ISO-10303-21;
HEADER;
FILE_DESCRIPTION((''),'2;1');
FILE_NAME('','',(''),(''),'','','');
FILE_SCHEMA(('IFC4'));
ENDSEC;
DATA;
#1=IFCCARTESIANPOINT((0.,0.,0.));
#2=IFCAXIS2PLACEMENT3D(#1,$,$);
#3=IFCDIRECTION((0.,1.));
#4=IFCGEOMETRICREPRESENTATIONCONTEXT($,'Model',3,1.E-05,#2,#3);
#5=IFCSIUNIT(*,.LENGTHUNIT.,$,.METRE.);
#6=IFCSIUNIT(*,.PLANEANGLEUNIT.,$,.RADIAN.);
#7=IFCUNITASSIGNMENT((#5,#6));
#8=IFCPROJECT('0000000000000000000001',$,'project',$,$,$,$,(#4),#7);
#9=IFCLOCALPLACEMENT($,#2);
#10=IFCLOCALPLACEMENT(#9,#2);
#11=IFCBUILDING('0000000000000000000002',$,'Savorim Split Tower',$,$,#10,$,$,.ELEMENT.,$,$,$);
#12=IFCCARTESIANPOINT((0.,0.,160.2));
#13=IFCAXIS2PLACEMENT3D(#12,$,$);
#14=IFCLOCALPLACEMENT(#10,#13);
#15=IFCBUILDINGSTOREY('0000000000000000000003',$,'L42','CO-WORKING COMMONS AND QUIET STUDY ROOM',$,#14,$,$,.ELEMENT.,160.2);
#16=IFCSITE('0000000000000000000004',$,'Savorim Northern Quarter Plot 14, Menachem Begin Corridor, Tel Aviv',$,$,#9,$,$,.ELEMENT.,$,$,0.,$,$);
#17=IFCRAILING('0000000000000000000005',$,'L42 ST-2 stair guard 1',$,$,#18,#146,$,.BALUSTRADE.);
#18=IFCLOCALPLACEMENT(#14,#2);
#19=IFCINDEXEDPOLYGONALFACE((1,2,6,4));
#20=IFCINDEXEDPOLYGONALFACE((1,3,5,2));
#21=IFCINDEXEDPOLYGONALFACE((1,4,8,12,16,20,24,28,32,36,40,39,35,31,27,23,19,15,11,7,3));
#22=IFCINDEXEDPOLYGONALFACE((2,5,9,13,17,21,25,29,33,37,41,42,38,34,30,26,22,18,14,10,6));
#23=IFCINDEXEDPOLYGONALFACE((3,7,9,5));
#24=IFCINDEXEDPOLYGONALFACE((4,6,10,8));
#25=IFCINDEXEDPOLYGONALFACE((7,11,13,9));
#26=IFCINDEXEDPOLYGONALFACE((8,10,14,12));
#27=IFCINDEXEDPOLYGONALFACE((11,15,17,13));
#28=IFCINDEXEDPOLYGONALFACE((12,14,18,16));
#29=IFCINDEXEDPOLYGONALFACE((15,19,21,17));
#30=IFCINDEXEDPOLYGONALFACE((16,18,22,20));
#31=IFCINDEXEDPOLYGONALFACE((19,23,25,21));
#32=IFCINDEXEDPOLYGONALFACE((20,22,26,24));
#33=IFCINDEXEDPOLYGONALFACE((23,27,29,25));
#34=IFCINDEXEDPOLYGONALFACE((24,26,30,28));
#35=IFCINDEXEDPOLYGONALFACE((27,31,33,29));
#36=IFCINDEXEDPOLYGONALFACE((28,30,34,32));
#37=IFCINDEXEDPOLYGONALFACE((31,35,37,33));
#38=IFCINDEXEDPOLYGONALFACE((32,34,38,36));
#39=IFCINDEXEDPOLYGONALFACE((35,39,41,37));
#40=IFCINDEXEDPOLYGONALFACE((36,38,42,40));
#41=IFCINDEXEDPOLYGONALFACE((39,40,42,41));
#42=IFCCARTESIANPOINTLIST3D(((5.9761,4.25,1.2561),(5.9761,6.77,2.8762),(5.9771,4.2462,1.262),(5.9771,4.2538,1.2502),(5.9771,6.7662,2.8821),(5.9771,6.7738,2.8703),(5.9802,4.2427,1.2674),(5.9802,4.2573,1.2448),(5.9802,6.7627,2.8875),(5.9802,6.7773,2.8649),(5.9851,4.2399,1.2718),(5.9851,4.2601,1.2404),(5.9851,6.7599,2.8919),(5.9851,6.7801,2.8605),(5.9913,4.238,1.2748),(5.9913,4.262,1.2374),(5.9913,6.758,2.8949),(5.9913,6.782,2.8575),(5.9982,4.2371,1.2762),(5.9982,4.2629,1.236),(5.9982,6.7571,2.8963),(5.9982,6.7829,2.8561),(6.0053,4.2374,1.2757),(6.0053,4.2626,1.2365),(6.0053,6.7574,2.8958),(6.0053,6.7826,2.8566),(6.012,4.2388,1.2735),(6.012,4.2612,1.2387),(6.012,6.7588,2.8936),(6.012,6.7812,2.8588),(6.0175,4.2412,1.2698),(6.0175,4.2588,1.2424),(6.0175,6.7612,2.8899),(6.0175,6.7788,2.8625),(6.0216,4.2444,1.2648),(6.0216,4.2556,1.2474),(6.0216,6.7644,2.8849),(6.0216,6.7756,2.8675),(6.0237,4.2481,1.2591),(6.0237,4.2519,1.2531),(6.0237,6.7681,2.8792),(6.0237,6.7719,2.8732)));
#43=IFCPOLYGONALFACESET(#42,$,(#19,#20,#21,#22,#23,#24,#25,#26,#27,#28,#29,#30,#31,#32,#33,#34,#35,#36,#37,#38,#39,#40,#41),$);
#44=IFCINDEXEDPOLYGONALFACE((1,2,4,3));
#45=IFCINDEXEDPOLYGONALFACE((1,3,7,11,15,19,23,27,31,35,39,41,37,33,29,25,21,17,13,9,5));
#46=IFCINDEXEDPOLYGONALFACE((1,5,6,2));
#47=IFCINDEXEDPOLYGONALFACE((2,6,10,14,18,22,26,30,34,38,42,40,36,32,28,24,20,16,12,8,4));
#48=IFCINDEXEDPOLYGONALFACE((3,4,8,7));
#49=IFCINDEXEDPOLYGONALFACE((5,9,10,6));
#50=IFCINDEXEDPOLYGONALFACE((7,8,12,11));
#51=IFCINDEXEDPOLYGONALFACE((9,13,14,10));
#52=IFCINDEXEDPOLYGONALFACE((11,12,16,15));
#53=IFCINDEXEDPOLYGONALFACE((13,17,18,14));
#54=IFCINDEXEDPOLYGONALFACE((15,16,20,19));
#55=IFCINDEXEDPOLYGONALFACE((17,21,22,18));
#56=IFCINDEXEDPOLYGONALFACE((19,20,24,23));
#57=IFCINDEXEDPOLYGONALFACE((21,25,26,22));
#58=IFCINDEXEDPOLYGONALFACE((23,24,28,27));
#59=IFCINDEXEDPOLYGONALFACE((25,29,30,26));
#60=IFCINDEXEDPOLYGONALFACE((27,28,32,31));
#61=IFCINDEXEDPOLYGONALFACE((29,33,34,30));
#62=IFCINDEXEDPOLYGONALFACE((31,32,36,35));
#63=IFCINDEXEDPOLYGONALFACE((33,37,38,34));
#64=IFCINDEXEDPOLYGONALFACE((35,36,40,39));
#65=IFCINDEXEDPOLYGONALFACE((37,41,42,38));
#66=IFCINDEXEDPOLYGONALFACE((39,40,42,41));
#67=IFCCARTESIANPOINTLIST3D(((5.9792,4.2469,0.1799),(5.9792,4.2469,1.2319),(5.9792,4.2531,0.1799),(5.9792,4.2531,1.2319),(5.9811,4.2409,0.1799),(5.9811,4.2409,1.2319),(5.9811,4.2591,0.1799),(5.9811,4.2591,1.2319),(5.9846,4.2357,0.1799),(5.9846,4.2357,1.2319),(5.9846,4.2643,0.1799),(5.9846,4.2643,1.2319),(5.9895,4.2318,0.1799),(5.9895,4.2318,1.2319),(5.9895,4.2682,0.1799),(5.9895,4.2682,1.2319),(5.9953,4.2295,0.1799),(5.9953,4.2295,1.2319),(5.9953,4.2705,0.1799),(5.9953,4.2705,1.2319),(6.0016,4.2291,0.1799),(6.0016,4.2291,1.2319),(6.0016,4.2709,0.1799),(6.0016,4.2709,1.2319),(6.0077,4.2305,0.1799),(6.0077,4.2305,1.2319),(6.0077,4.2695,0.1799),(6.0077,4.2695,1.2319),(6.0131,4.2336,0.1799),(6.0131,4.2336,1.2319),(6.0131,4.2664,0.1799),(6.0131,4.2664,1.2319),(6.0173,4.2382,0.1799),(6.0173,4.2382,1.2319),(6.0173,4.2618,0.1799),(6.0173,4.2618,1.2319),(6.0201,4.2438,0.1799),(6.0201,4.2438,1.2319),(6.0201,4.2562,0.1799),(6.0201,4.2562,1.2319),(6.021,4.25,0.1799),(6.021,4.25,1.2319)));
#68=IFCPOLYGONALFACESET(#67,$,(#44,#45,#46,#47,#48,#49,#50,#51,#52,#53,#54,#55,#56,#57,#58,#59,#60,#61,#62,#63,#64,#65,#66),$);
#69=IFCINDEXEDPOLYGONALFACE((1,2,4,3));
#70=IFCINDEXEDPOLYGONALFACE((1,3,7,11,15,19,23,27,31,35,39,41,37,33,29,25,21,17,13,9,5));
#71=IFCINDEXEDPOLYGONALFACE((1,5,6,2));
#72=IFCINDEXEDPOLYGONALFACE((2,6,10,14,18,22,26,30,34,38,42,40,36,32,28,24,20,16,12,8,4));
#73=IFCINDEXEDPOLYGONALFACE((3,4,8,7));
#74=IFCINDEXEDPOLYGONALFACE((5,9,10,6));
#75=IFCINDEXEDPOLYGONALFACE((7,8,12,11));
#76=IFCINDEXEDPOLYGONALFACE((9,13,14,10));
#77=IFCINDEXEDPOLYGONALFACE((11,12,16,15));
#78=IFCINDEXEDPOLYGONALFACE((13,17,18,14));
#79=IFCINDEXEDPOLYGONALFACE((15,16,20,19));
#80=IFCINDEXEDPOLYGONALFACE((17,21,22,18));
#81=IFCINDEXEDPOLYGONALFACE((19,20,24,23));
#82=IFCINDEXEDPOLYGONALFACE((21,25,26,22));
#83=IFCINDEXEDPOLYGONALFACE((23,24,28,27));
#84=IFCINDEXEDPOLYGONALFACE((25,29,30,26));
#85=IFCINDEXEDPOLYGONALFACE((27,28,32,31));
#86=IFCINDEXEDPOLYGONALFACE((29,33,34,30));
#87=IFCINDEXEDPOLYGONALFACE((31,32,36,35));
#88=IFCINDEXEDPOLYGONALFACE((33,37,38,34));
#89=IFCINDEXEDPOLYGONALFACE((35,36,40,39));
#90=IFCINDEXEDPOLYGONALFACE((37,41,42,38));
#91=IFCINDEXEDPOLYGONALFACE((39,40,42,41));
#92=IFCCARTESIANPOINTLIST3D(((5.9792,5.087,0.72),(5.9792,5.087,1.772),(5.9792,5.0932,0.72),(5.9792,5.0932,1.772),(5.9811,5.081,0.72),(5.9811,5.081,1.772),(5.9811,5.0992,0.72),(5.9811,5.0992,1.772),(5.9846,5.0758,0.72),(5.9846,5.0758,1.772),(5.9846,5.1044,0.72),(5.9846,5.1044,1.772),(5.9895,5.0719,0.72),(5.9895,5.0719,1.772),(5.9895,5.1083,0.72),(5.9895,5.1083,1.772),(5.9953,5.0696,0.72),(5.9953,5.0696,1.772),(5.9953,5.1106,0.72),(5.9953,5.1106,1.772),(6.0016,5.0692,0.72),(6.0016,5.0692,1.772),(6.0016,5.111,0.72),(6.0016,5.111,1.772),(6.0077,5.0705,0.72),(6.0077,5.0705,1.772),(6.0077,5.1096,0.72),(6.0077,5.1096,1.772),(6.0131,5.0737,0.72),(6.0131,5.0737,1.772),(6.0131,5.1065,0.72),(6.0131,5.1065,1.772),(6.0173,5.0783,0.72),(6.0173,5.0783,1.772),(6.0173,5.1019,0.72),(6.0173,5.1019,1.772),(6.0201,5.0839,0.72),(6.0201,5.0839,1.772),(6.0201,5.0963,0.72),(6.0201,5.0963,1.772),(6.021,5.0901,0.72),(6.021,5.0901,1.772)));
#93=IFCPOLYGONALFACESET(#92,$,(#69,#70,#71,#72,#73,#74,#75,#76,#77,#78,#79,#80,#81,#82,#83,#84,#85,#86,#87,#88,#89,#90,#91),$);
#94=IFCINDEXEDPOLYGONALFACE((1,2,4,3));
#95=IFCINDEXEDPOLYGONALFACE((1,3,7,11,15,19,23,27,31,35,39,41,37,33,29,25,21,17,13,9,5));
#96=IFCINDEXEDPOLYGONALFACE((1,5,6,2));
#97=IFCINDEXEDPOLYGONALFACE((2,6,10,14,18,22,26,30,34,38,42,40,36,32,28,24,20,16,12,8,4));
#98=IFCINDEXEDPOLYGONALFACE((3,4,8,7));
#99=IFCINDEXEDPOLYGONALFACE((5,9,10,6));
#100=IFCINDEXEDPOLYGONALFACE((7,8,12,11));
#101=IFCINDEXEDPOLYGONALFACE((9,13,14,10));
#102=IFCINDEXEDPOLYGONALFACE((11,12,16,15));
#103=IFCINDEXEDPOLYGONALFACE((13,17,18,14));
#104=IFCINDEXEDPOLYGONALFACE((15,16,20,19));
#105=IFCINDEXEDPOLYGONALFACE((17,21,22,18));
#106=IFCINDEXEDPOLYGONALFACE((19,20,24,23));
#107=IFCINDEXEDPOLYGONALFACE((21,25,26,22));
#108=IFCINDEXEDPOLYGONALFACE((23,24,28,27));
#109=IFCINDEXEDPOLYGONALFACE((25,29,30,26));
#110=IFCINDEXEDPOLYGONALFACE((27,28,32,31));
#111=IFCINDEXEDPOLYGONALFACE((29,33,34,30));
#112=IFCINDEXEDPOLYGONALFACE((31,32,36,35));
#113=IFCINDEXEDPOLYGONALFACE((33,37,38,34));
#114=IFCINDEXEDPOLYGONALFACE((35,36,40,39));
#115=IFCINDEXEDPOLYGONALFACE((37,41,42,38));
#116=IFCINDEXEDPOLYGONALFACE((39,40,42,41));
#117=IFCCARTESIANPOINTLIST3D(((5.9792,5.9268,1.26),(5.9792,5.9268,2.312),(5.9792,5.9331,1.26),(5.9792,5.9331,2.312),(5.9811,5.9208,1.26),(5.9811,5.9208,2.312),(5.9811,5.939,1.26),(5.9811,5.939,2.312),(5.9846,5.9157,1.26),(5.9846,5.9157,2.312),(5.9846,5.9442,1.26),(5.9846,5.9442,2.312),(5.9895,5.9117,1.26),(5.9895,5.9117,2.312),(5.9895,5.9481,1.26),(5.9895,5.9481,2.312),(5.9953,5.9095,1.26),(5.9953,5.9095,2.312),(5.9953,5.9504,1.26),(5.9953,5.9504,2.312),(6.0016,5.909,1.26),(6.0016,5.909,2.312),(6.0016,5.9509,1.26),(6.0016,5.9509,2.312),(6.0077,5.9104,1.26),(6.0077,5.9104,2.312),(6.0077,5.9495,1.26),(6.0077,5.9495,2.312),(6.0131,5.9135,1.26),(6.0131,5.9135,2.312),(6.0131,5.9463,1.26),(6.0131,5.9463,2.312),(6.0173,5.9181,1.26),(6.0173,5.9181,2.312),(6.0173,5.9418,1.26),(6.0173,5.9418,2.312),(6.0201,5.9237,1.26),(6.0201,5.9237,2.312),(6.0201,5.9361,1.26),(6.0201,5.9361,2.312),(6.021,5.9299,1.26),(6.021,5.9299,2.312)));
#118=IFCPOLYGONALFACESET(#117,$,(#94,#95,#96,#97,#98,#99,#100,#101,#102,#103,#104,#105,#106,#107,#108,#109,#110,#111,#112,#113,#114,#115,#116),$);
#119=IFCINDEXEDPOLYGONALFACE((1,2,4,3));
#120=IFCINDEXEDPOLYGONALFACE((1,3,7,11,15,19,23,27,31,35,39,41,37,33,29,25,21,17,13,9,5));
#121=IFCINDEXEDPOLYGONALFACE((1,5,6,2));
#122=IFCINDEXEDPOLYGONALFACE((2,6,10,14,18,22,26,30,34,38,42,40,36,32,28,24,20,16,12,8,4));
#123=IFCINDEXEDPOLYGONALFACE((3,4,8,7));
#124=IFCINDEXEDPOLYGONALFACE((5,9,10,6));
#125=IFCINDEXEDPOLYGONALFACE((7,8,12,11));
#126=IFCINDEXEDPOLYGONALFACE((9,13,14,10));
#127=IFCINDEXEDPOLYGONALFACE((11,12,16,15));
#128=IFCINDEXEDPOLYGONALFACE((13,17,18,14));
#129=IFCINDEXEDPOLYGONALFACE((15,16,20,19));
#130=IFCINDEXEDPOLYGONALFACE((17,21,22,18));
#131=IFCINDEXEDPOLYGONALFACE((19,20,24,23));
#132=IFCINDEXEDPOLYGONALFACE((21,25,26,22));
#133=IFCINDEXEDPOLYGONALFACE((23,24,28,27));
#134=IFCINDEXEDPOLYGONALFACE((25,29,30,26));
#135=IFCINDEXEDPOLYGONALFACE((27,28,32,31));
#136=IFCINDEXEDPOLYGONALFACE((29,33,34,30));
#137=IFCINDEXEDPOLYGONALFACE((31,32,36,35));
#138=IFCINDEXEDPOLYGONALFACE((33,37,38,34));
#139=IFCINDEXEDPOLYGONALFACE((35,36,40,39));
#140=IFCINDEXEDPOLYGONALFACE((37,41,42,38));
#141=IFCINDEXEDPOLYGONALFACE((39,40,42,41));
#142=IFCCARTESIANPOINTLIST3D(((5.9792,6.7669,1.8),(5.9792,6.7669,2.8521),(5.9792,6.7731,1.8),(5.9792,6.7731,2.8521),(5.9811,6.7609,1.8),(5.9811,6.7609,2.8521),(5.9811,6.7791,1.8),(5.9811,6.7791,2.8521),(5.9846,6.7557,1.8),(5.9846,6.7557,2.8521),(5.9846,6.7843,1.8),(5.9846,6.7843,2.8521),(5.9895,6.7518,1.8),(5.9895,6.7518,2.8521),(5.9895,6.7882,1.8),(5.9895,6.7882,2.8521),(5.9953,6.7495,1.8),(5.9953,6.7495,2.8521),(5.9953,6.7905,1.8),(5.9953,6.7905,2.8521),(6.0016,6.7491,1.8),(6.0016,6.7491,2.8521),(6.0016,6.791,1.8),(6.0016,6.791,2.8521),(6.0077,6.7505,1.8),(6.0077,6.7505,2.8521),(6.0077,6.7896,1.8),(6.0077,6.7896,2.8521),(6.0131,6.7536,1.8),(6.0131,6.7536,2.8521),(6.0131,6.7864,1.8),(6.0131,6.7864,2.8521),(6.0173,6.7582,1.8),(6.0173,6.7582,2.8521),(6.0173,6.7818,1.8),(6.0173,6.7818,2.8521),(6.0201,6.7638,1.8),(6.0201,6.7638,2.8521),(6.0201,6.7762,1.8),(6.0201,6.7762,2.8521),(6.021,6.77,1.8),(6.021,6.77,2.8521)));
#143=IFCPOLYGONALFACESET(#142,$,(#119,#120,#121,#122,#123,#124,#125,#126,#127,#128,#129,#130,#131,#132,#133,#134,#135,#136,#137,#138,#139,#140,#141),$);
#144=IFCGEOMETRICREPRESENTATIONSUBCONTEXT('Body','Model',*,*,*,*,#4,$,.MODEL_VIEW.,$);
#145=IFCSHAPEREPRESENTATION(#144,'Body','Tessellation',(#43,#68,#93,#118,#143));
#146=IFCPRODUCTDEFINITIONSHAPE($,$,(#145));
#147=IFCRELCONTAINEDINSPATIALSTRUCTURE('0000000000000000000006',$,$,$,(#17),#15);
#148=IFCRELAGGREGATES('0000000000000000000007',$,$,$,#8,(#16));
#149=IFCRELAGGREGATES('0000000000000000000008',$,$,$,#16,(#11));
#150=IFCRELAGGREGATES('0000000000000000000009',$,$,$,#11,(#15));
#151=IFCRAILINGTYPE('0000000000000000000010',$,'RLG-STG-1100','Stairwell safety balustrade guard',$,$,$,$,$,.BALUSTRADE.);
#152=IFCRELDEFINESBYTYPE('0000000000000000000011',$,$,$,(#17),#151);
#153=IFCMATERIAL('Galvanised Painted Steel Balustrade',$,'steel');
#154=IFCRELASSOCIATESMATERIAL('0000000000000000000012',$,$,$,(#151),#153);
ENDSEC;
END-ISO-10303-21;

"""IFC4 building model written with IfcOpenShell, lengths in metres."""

from ifc_helpers import new_model, si_unit, direction, frame, origin, origin_2d, place, context, subcontext, project, spatial, circle, extrude, material, type_object, element, save


model = new_model("IFC4")

# Units and contexts
model_context = context("Model", 3, precision=1e-05, world=origin(), true_north=direction((0.0, 1.0)))
body_context = subcontext(model_context, "Body", "Model", "MODEL_VIEW")
ifc_project = project(units=[si_unit("LENGTHUNIT", "METRE"), si_unit("PLANEANGLEUNIT", "RADIAN")], contexts=[model_context])

# Site, building, storey
site_placement = place(None, origin())
site = spatial("IfcSite", under=ifc_project, at=site_placement, Name="Savorim Northern Quarter Plot 14, Menachem Begin Corridor, Tel Aviv", CompositionType="ELEMENT", RefElevation=0.0)
building_placement = place(site_placement, origin())
building = spatial("IfcBuilding", under=site, at=building_placement, Name="Savorim Split Tower", CompositionType="ELEMENT")
storey_placement = place(building_placement, frame((0.0, 0.0, 160.2)))
storey = spatial("IfcBuildingStorey", under=building, at=storey_placement, Name="L42", Description="CO-WORKING COMMONS AND QUIET STUDY ROOM", CompositionType="ELEMENT", Elevation=160.2)

# Railing
ifc_material_1 = material(Name="Galvanised Painted Steel Balustrade", Category="steel")
railing_type_1 = type_object("IfcRailingType", Name="RLG-STG-1100", Description="Stairwell safety balustrade guard", PredefinedType="BALUSTRADE", material=ifc_material_1)
railing_1_placement = place(storey_placement, frame((6.0, 4.25, 0.1799)))
element("IfcRailing", 1, at=railing_1_placement, inside=storey, type_object=railing_type_1, Name="L42 ST-2 stair guard 1", PredefinedType="BALUSTRADE", context=body_context, shape_type="SweptSolid", body=[
    extrude(circle(Radius=0.0239, at=origin_2d()), frame((0.0, 0.0, 1.0762), z_axis=(0.0, 0.841163, 0.540782), x_axis=(-1.0, 0.0, 0.0)), (0.0, 0.0, 1.0), 2.9958),
    extrude(circle(Radius=0.021, at=origin_2d()), origin(), (0.0, 0.0, 1.0), 1.052),
    extrude(circle(Radius=0.021, at=origin_2d()), frame((0.0, 0.8401, 0.54)), (0.0, 0.0, 1.0), 1.052),
    extrude(circle(Radius=0.021, at=origin_2d()), frame((0.0, 1.6799, 1.0801)), (0.0, 0.0, 1.0), 1.052),
    extrude(circle(Radius=0.021, at=origin_2d()), frame((0.0, 2.52, 1.6201)), (0.0, 0.0, 1.0), 1.052),
])

save(model, "model.ifc")
